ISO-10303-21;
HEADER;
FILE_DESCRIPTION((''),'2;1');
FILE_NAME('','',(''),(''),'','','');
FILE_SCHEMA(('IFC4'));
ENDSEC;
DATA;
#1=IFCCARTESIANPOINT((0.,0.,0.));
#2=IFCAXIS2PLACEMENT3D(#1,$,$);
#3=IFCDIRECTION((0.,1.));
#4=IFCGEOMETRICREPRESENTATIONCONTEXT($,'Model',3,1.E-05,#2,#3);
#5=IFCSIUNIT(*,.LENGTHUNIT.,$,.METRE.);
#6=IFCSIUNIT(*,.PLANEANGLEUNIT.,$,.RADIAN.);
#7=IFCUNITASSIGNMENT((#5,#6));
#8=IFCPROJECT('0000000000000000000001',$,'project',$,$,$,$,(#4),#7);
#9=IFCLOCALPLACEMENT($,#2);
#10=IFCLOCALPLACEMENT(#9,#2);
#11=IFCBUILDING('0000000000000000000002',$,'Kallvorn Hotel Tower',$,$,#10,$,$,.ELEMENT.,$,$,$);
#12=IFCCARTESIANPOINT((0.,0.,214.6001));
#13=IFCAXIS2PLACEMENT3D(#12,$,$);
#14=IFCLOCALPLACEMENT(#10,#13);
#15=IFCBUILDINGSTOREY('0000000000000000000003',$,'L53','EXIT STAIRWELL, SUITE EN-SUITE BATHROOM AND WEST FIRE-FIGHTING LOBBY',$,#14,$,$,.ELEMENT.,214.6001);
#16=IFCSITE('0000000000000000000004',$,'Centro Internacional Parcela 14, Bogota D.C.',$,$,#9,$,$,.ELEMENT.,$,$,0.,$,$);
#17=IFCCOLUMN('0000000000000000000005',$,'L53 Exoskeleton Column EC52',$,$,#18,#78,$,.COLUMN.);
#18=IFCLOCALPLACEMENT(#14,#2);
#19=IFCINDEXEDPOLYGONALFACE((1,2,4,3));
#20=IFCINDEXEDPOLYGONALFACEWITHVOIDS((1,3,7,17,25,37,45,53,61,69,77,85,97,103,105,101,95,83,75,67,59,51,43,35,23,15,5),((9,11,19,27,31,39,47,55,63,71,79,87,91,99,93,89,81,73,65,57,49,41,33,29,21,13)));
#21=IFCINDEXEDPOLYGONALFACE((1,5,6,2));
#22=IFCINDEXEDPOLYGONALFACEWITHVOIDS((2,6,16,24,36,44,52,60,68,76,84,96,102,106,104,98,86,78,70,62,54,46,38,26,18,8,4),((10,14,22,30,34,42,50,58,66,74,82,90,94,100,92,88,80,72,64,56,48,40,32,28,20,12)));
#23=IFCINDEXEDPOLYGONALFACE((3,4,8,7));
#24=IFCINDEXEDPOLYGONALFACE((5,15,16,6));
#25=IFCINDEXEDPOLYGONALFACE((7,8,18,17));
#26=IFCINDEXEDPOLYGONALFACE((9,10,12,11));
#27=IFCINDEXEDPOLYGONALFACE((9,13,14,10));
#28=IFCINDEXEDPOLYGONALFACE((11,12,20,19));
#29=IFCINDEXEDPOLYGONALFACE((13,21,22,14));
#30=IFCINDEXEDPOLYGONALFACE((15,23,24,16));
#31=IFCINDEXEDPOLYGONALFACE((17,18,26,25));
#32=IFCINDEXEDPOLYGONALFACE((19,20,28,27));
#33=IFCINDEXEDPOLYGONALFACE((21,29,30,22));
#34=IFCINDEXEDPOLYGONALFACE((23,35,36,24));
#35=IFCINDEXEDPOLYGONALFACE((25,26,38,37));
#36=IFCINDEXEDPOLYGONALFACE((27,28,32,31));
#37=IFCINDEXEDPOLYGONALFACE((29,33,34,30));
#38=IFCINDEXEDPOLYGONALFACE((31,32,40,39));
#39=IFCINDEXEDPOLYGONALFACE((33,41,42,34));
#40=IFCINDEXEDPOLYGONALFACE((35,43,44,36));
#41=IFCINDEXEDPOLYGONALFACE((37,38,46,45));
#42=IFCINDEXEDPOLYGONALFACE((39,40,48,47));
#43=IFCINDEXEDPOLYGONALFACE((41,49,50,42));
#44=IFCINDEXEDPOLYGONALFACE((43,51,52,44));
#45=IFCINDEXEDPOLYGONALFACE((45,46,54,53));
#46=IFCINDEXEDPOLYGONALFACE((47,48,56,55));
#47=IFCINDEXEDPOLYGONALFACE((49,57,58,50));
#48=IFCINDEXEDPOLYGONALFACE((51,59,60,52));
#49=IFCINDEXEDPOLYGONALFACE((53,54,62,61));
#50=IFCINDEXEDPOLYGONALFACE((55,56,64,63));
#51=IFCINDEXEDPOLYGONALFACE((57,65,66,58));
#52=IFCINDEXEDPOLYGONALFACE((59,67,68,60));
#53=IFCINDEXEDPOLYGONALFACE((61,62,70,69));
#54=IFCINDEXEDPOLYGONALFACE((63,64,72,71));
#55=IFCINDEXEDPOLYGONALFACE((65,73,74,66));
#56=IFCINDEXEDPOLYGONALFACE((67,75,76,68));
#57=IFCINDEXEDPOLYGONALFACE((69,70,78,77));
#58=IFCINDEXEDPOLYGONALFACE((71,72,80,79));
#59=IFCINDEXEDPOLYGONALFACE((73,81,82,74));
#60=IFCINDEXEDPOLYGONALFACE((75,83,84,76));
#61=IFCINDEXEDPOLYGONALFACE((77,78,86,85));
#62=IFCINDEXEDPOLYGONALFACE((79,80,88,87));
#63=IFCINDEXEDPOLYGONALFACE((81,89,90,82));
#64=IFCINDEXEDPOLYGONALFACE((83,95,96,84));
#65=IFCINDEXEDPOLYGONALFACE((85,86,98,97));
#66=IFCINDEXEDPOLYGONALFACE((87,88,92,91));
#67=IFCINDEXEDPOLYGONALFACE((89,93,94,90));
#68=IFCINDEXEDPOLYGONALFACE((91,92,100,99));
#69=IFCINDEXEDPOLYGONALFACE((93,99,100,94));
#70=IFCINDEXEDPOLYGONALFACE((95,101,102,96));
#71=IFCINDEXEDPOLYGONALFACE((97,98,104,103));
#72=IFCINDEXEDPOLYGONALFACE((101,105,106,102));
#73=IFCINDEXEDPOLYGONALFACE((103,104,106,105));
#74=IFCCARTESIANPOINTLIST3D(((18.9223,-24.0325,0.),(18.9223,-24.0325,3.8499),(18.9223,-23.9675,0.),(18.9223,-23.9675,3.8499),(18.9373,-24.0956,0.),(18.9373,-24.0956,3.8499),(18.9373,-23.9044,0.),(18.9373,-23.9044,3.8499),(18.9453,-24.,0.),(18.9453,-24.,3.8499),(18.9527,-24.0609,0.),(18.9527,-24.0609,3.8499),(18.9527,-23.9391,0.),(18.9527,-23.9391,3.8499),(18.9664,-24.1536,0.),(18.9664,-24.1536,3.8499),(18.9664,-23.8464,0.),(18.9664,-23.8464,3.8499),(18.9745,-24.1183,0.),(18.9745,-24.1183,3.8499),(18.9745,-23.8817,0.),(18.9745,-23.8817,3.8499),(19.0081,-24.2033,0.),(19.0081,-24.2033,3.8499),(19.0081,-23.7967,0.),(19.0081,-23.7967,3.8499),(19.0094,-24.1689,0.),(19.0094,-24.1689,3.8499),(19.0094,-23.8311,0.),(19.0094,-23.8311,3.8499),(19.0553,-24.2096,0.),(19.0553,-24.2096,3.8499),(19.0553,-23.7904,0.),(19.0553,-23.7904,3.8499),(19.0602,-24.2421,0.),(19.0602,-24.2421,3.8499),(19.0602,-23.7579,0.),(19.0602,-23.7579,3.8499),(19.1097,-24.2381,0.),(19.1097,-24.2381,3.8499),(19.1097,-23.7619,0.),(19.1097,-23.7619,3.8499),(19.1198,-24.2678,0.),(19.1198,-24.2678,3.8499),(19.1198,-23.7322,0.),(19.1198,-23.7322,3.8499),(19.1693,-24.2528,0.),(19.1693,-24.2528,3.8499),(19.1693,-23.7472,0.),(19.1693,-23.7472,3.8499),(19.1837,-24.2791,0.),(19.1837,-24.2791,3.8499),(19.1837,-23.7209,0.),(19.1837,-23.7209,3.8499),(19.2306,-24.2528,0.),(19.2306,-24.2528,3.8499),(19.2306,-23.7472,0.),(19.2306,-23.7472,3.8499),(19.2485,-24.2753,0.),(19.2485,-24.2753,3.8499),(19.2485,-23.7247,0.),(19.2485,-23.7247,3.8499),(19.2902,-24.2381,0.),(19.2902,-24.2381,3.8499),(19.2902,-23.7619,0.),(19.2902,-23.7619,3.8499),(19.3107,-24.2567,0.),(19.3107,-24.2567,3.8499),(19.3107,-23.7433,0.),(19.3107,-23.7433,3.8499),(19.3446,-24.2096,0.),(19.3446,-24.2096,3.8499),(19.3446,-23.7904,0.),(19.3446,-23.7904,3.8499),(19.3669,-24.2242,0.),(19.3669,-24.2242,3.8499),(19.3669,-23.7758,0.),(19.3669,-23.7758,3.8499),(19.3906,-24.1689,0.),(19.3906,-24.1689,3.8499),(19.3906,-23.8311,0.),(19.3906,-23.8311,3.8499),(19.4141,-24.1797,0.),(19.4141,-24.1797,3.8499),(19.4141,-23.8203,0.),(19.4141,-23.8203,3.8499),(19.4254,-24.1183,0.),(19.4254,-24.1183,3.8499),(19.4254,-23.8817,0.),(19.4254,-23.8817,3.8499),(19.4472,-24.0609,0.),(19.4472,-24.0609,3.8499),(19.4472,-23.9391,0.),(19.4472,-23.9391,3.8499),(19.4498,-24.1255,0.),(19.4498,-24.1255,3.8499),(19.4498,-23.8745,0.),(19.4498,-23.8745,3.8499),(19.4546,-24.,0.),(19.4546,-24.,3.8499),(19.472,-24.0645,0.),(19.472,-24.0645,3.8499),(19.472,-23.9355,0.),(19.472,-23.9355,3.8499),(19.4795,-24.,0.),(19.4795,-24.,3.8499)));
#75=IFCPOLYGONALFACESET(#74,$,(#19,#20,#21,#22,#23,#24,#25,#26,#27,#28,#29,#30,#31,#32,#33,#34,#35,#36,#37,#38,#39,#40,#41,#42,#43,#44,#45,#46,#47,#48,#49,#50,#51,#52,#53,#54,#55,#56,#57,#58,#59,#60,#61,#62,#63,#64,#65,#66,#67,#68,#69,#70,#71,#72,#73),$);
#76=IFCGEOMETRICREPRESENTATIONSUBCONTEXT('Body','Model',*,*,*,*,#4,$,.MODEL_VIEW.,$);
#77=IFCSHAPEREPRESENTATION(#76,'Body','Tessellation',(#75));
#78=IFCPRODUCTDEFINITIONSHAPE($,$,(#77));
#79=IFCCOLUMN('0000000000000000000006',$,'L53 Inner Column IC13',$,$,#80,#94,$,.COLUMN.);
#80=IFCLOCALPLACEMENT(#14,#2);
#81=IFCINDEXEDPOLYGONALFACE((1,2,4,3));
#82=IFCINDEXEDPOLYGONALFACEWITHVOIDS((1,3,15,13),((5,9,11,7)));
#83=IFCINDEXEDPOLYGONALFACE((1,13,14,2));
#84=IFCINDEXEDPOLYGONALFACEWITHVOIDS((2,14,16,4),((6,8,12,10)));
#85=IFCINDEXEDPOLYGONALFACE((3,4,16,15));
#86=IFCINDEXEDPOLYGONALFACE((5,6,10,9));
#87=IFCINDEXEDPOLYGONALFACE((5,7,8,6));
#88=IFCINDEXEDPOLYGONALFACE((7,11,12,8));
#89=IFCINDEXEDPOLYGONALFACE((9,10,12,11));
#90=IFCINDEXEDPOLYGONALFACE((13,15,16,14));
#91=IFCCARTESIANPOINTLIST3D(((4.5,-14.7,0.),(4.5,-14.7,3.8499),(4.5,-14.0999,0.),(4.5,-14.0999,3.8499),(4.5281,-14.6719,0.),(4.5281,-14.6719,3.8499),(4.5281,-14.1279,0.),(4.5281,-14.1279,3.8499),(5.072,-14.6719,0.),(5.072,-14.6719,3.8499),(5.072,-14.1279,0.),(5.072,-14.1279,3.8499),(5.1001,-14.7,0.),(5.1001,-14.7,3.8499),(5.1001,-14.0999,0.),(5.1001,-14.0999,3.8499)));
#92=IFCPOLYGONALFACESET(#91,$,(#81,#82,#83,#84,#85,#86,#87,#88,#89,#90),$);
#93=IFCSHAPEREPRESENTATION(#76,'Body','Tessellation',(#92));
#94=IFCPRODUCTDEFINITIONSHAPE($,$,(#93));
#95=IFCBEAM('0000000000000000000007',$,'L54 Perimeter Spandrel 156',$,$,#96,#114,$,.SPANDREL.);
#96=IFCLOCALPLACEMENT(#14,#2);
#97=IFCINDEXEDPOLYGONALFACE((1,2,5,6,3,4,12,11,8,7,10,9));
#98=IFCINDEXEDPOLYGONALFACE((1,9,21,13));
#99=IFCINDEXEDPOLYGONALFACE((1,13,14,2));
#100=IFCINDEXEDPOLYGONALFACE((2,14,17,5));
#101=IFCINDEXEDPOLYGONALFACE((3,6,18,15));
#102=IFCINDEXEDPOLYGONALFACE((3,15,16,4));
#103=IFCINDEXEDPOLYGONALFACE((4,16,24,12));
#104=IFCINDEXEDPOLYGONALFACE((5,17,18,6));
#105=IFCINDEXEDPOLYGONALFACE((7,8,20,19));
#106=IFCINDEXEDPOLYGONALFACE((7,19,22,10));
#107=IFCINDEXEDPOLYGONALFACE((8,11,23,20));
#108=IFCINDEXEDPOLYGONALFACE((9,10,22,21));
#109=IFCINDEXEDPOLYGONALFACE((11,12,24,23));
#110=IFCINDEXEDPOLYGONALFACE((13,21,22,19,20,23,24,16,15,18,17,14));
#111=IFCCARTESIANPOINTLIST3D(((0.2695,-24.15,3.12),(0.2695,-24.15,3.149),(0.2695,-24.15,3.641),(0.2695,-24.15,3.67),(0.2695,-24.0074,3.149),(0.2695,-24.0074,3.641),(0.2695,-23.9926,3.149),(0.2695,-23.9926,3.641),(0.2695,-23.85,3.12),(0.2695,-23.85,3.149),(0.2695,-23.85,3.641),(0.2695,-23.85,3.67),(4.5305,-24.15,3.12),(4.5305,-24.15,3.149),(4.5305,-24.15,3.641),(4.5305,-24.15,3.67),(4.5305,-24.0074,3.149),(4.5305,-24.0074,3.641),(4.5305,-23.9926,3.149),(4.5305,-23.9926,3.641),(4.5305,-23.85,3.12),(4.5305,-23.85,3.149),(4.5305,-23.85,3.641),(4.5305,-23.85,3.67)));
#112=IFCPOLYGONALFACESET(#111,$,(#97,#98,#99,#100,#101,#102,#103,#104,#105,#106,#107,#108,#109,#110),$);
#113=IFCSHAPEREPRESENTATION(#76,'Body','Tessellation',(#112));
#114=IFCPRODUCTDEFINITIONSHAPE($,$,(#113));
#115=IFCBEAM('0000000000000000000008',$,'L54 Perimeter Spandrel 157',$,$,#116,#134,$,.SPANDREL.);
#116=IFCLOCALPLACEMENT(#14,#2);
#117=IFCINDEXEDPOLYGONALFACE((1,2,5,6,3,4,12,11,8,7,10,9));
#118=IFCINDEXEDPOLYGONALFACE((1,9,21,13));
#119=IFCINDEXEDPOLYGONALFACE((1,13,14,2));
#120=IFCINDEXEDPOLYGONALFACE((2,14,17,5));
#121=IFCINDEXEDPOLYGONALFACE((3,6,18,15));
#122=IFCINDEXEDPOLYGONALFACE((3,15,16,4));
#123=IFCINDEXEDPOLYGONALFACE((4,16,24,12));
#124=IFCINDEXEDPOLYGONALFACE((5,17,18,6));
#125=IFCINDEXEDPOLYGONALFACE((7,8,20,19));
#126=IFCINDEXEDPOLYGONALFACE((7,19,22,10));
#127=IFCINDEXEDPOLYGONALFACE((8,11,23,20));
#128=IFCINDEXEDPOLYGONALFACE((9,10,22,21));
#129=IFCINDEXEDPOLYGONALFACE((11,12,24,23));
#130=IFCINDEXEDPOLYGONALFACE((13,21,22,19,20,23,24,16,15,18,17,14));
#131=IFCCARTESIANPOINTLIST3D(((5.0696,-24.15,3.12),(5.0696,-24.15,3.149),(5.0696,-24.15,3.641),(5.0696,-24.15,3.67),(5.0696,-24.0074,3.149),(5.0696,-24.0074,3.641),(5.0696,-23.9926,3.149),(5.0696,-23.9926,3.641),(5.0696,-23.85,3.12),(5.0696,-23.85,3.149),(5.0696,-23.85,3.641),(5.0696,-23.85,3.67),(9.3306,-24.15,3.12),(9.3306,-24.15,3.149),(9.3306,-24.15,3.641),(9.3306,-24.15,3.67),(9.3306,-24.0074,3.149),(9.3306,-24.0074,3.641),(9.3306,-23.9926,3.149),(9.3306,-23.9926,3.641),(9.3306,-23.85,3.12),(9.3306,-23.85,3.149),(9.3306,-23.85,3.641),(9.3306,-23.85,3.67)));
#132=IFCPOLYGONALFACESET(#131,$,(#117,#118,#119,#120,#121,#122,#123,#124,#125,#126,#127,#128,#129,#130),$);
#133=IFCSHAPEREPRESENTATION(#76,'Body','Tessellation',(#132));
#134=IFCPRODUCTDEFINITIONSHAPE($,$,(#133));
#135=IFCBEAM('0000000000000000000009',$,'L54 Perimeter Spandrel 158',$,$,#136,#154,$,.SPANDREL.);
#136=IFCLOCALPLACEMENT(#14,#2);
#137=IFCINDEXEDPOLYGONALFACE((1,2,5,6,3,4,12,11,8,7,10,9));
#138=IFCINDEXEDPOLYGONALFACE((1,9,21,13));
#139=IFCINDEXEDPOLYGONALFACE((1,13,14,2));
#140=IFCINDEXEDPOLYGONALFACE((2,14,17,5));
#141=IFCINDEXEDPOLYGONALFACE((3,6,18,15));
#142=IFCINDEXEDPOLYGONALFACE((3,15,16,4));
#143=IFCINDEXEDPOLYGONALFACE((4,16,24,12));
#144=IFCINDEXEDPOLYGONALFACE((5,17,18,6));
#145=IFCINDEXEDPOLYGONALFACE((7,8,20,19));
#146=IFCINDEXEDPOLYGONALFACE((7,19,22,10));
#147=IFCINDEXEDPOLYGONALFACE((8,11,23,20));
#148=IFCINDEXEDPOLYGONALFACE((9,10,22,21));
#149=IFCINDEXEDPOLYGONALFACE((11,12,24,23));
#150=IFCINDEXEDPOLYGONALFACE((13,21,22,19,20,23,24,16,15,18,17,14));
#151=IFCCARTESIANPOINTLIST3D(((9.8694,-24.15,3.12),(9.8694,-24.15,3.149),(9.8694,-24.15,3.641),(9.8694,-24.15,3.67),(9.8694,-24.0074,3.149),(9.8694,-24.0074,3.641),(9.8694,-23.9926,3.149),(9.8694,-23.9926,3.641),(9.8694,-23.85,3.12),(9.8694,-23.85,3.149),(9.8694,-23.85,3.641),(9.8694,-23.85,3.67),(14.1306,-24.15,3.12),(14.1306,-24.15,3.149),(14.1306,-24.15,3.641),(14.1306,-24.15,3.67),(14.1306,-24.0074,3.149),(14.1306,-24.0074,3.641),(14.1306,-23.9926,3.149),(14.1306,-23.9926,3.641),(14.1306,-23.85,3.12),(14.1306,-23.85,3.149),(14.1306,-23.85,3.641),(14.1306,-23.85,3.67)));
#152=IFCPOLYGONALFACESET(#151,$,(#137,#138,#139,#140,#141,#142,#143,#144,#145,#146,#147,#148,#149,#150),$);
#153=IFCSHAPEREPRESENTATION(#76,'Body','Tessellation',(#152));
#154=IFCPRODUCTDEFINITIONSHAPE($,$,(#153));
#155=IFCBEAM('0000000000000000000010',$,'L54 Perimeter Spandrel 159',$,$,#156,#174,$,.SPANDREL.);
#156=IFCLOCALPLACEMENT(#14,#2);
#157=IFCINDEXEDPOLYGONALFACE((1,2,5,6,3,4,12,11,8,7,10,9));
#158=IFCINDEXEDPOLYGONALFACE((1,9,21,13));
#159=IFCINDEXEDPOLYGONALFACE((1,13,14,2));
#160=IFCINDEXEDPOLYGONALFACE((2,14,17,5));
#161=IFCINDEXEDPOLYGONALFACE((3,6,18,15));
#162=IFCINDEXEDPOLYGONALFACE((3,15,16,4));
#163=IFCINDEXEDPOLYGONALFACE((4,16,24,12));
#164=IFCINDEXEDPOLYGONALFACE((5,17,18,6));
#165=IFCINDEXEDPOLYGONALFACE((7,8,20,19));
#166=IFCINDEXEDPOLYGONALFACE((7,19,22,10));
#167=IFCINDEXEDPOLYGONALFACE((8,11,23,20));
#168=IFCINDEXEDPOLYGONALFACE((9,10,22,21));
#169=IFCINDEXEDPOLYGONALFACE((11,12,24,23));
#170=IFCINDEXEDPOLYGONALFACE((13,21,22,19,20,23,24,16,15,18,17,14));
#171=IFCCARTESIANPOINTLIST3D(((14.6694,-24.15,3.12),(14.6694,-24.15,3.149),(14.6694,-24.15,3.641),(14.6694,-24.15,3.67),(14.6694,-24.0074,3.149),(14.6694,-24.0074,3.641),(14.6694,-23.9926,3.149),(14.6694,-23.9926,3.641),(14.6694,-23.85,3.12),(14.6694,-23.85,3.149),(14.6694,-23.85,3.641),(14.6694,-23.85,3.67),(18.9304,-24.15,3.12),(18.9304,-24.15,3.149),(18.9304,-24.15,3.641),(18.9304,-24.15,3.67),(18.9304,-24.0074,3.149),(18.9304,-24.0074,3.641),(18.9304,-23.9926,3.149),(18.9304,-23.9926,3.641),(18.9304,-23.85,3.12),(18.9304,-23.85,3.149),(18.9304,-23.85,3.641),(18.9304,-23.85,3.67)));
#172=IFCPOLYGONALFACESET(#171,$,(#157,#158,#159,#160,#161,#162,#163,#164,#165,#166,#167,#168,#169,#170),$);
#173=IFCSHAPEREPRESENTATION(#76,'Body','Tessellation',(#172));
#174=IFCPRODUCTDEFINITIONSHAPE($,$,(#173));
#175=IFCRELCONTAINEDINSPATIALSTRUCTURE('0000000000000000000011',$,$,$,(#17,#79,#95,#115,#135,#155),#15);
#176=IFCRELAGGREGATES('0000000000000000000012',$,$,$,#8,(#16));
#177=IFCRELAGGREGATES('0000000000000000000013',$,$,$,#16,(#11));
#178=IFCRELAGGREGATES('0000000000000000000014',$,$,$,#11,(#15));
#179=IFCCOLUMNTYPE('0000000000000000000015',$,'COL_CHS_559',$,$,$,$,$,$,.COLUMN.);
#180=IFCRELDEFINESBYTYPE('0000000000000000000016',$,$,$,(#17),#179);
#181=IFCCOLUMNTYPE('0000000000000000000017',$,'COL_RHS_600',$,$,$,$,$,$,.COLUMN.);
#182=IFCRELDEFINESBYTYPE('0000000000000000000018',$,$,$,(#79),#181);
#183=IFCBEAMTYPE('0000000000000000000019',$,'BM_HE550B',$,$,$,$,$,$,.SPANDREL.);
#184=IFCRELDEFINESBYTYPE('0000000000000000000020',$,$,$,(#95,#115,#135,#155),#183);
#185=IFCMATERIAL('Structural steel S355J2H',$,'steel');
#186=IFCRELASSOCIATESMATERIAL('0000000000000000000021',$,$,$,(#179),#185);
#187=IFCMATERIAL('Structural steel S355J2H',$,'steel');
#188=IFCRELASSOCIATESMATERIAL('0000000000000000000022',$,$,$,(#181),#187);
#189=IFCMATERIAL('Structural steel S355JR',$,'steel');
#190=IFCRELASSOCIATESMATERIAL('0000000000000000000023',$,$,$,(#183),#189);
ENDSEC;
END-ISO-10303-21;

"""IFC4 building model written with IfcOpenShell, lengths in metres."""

from ifc_helpers import new_model, si_unit, direction, frame, origin, origin_2d, place, context, subcontext, project, spatial, hollow_rectangle, hollow_circle, i_section, extrude, material, material_profile, profile_set, type_object, element, save


model = new_model("IFC4")

# Units and contexts
model_context = context("Model", 3, precision=1e-05, world=origin(), true_north=direction((0.0, 1.0)))
body_context = subcontext(model_context, "Body", "Model", "MODEL_VIEW")
ifc_project = project(units=[si_unit("LENGTHUNIT", "METRE"), si_unit("PLANEANGLEUNIT", "RADIAN")], contexts=[model_context])

# Site, building, storey
site_placement = place(None, origin())
site = spatial("IfcSite", under=ifc_project, at=site_placement, Name="Centro Internacional Parcela 14, Bogota D.C.", CompositionType="ELEMENT", RefElevation=0.0)
building_placement = place(site_placement, origin())
building = spatial("IfcBuilding", under=site, at=building_placement, Name="Kallvorn Hotel Tower", CompositionType="ELEMENT")
storey_placement = place(building_placement, frame((0.0, 0.0, 214.6001)))
storey = spatial("IfcBuildingStorey", under=building, at=storey_placement, Name="L53", Description="EXIT STAIRWELL, SUITE EN-SUITE BATHROOM AND WEST FIRE-FIGHTING LOBBY", CompositionType="ELEMENT", Elevation=214.6001)

# Columns
ifc_material_1 = material(Name="Structural steel S355J2H", Category="steel")
ifc_material_profile_1 = material_profile(ifc_material_1, hollow_circle(Radius=0.2795, WallThickness=0.0249, at=origin_2d()), Name="CHS 559x25")
ifc_profile_set_1 = profile_set([ifc_material_profile_1], Name="Structural steel S355J2H")
column_type_1 = type_object("IfcColumnType", Name="COL_CHS_559", PredefinedType="COLUMN", material=ifc_profile_set_1)
for number, where, z_axis, x_axis, name in (
    (1, (19.2, -24.0, 0.0), (0.0, 0.0, 1.0), (1.0, 0.0, 0.0), "L53 Exoskeleton Column EC52"),
):
    element("IfcColumn", number, at=place(storey_placement, frame(where, z_axis=z_axis, x_axis=x_axis)), inside=storey, type_object=column_type_1, Name=name, PredefinedType="COLUMN", context=body_context, shape_type="SweptSolid", body=[
        extrude(hollow_circle(Radius=0.2795, WallThickness=0.0249, at=origin_2d()), origin(), (0.0, 0.0, 1.0), 3.8499),
    ])
ifc_material_2 = material(Name="Structural steel S355J2H", Category="steel")
ifc_material_profile_2 = material_profile(ifc_material_2, hollow_rectangle(XDim=0.6001, YDim=0.6001, WallThickness=0.0281, at=origin_2d()), Name="RHS 600x600x28")
ifc_profile_set_2 = profile_set([ifc_material_profile_2], Name="Structural steel S355J2H")
column_type_2 = type_object("IfcColumnType", Name="COL_RHS_600", PredefinedType="COLUMN", material=ifc_profile_set_2)
column_placement = place(storey_placement, frame((4.8, -14.3999, 0.0), z_axis=(0.0, 0.0, 1.0), x_axis=(1.0, 0.0, 0.0)))
element("IfcColumn", 2, at=column_placement, inside=storey, type_object=column_type_2, Name="L53 Inner Column IC13", PredefinedType="COLUMN", context=body_context, shape_type="SweptSolid", body=[
    extrude(hollow_rectangle(XDim=0.6001, YDim=0.6001, WallThickness=0.0281, at=origin_2d()), origin(), (0.0, 0.0, 1.0), 3.8499),
])

# Beams
ifc_material_3 = material(Name="Structural steel S355JR", Category="steel")
ifc_material_profile_3 = material_profile(ifc_material_3, i_section(OverallWidth=0.3, OverallDepth=0.55, WebThickness=0.0149, FlangeThickness=0.0291, at=origin_2d()), Name="HE 550 B")
ifc_profile_set_3 = profile_set([ifc_material_profile_3], Name="Structural steel S355JR")
beam_type_1 = type_object("IfcBeamType", Name="BM_HE550B", PredefinedType="SPANDREL", material=ifc_profile_set_3)
for number, where, z_axis, x_axis, name in (
    (3, (0.2695, -24.0, 3.395), (1.0, 0.0, 0.0), (0.0, 1.0, 0.0), "L54 Perimeter Spandrel 156"),
    (4, (5.0696, -24.0, 3.395), (1.0, 0.0, 0.0), (0.0, 1.0, 0.0), "L54 Perimeter Spandrel 157"),
):
    element("IfcBeam", number, at=place(storey_placement, frame(where, z_axis=z_axis, x_axis=x_axis)), inside=storey, type_object=beam_type_1, Name=name, PredefinedType="SPANDREL", context=body_context, shape_type="SweptSolid", body=[
        extrude(i_section(OverallWidth=0.3, OverallDepth=0.55, WebThickness=0.0149, FlangeThickness=0.0291, at=origin_2d()), origin(), (0.0, 0.0, 1.0), 4.261),
    ])
beam_1_placement = place(storey_placement, frame((9.8694, -24.0, 3.395), z_axis=(1.0, 0.0, 0.0), x_axis=(0.0, 1.0, 0.0)))
element("IfcBeam", 5, at=beam_1_placement, inside=storey, type_object=beam_type_1, Name="L54 Perimeter Spandrel 158", PredefinedType="SPANDREL", context=body_context, shape_type="SweptSolid", body=[
    extrude(i_section(OverallWidth=0.3, OverallDepth=0.55, WebThickness=0.0149, FlangeThickness=0.0291, at=origin_2d()), origin(), (0.0, 0.0, 1.0), 4.2612),
])
beam_2_placement = place(storey_placement, frame((14.6694, -24.0, 3.395), z_axis=(1.0, 0.0, 0.0), x_axis=(0.0, 1.0, 0.0)))
element("IfcBeam", 6, at=beam_2_placement, inside=storey, type_object=beam_type_1, Name="L54 Perimeter Spandrel 159", PredefinedType="SPANDREL", context=body_context, shape_type="SweptSolid", body=[
    extrude(i_section(OverallWidth=0.3, OverallDepth=0.55, WebThickness=0.0149, FlangeThickness=0.0291, at=origin_2d()), origin(), (0.0, 0.0, 1.0), 4.261),
])

save(model, "model.ifc")
